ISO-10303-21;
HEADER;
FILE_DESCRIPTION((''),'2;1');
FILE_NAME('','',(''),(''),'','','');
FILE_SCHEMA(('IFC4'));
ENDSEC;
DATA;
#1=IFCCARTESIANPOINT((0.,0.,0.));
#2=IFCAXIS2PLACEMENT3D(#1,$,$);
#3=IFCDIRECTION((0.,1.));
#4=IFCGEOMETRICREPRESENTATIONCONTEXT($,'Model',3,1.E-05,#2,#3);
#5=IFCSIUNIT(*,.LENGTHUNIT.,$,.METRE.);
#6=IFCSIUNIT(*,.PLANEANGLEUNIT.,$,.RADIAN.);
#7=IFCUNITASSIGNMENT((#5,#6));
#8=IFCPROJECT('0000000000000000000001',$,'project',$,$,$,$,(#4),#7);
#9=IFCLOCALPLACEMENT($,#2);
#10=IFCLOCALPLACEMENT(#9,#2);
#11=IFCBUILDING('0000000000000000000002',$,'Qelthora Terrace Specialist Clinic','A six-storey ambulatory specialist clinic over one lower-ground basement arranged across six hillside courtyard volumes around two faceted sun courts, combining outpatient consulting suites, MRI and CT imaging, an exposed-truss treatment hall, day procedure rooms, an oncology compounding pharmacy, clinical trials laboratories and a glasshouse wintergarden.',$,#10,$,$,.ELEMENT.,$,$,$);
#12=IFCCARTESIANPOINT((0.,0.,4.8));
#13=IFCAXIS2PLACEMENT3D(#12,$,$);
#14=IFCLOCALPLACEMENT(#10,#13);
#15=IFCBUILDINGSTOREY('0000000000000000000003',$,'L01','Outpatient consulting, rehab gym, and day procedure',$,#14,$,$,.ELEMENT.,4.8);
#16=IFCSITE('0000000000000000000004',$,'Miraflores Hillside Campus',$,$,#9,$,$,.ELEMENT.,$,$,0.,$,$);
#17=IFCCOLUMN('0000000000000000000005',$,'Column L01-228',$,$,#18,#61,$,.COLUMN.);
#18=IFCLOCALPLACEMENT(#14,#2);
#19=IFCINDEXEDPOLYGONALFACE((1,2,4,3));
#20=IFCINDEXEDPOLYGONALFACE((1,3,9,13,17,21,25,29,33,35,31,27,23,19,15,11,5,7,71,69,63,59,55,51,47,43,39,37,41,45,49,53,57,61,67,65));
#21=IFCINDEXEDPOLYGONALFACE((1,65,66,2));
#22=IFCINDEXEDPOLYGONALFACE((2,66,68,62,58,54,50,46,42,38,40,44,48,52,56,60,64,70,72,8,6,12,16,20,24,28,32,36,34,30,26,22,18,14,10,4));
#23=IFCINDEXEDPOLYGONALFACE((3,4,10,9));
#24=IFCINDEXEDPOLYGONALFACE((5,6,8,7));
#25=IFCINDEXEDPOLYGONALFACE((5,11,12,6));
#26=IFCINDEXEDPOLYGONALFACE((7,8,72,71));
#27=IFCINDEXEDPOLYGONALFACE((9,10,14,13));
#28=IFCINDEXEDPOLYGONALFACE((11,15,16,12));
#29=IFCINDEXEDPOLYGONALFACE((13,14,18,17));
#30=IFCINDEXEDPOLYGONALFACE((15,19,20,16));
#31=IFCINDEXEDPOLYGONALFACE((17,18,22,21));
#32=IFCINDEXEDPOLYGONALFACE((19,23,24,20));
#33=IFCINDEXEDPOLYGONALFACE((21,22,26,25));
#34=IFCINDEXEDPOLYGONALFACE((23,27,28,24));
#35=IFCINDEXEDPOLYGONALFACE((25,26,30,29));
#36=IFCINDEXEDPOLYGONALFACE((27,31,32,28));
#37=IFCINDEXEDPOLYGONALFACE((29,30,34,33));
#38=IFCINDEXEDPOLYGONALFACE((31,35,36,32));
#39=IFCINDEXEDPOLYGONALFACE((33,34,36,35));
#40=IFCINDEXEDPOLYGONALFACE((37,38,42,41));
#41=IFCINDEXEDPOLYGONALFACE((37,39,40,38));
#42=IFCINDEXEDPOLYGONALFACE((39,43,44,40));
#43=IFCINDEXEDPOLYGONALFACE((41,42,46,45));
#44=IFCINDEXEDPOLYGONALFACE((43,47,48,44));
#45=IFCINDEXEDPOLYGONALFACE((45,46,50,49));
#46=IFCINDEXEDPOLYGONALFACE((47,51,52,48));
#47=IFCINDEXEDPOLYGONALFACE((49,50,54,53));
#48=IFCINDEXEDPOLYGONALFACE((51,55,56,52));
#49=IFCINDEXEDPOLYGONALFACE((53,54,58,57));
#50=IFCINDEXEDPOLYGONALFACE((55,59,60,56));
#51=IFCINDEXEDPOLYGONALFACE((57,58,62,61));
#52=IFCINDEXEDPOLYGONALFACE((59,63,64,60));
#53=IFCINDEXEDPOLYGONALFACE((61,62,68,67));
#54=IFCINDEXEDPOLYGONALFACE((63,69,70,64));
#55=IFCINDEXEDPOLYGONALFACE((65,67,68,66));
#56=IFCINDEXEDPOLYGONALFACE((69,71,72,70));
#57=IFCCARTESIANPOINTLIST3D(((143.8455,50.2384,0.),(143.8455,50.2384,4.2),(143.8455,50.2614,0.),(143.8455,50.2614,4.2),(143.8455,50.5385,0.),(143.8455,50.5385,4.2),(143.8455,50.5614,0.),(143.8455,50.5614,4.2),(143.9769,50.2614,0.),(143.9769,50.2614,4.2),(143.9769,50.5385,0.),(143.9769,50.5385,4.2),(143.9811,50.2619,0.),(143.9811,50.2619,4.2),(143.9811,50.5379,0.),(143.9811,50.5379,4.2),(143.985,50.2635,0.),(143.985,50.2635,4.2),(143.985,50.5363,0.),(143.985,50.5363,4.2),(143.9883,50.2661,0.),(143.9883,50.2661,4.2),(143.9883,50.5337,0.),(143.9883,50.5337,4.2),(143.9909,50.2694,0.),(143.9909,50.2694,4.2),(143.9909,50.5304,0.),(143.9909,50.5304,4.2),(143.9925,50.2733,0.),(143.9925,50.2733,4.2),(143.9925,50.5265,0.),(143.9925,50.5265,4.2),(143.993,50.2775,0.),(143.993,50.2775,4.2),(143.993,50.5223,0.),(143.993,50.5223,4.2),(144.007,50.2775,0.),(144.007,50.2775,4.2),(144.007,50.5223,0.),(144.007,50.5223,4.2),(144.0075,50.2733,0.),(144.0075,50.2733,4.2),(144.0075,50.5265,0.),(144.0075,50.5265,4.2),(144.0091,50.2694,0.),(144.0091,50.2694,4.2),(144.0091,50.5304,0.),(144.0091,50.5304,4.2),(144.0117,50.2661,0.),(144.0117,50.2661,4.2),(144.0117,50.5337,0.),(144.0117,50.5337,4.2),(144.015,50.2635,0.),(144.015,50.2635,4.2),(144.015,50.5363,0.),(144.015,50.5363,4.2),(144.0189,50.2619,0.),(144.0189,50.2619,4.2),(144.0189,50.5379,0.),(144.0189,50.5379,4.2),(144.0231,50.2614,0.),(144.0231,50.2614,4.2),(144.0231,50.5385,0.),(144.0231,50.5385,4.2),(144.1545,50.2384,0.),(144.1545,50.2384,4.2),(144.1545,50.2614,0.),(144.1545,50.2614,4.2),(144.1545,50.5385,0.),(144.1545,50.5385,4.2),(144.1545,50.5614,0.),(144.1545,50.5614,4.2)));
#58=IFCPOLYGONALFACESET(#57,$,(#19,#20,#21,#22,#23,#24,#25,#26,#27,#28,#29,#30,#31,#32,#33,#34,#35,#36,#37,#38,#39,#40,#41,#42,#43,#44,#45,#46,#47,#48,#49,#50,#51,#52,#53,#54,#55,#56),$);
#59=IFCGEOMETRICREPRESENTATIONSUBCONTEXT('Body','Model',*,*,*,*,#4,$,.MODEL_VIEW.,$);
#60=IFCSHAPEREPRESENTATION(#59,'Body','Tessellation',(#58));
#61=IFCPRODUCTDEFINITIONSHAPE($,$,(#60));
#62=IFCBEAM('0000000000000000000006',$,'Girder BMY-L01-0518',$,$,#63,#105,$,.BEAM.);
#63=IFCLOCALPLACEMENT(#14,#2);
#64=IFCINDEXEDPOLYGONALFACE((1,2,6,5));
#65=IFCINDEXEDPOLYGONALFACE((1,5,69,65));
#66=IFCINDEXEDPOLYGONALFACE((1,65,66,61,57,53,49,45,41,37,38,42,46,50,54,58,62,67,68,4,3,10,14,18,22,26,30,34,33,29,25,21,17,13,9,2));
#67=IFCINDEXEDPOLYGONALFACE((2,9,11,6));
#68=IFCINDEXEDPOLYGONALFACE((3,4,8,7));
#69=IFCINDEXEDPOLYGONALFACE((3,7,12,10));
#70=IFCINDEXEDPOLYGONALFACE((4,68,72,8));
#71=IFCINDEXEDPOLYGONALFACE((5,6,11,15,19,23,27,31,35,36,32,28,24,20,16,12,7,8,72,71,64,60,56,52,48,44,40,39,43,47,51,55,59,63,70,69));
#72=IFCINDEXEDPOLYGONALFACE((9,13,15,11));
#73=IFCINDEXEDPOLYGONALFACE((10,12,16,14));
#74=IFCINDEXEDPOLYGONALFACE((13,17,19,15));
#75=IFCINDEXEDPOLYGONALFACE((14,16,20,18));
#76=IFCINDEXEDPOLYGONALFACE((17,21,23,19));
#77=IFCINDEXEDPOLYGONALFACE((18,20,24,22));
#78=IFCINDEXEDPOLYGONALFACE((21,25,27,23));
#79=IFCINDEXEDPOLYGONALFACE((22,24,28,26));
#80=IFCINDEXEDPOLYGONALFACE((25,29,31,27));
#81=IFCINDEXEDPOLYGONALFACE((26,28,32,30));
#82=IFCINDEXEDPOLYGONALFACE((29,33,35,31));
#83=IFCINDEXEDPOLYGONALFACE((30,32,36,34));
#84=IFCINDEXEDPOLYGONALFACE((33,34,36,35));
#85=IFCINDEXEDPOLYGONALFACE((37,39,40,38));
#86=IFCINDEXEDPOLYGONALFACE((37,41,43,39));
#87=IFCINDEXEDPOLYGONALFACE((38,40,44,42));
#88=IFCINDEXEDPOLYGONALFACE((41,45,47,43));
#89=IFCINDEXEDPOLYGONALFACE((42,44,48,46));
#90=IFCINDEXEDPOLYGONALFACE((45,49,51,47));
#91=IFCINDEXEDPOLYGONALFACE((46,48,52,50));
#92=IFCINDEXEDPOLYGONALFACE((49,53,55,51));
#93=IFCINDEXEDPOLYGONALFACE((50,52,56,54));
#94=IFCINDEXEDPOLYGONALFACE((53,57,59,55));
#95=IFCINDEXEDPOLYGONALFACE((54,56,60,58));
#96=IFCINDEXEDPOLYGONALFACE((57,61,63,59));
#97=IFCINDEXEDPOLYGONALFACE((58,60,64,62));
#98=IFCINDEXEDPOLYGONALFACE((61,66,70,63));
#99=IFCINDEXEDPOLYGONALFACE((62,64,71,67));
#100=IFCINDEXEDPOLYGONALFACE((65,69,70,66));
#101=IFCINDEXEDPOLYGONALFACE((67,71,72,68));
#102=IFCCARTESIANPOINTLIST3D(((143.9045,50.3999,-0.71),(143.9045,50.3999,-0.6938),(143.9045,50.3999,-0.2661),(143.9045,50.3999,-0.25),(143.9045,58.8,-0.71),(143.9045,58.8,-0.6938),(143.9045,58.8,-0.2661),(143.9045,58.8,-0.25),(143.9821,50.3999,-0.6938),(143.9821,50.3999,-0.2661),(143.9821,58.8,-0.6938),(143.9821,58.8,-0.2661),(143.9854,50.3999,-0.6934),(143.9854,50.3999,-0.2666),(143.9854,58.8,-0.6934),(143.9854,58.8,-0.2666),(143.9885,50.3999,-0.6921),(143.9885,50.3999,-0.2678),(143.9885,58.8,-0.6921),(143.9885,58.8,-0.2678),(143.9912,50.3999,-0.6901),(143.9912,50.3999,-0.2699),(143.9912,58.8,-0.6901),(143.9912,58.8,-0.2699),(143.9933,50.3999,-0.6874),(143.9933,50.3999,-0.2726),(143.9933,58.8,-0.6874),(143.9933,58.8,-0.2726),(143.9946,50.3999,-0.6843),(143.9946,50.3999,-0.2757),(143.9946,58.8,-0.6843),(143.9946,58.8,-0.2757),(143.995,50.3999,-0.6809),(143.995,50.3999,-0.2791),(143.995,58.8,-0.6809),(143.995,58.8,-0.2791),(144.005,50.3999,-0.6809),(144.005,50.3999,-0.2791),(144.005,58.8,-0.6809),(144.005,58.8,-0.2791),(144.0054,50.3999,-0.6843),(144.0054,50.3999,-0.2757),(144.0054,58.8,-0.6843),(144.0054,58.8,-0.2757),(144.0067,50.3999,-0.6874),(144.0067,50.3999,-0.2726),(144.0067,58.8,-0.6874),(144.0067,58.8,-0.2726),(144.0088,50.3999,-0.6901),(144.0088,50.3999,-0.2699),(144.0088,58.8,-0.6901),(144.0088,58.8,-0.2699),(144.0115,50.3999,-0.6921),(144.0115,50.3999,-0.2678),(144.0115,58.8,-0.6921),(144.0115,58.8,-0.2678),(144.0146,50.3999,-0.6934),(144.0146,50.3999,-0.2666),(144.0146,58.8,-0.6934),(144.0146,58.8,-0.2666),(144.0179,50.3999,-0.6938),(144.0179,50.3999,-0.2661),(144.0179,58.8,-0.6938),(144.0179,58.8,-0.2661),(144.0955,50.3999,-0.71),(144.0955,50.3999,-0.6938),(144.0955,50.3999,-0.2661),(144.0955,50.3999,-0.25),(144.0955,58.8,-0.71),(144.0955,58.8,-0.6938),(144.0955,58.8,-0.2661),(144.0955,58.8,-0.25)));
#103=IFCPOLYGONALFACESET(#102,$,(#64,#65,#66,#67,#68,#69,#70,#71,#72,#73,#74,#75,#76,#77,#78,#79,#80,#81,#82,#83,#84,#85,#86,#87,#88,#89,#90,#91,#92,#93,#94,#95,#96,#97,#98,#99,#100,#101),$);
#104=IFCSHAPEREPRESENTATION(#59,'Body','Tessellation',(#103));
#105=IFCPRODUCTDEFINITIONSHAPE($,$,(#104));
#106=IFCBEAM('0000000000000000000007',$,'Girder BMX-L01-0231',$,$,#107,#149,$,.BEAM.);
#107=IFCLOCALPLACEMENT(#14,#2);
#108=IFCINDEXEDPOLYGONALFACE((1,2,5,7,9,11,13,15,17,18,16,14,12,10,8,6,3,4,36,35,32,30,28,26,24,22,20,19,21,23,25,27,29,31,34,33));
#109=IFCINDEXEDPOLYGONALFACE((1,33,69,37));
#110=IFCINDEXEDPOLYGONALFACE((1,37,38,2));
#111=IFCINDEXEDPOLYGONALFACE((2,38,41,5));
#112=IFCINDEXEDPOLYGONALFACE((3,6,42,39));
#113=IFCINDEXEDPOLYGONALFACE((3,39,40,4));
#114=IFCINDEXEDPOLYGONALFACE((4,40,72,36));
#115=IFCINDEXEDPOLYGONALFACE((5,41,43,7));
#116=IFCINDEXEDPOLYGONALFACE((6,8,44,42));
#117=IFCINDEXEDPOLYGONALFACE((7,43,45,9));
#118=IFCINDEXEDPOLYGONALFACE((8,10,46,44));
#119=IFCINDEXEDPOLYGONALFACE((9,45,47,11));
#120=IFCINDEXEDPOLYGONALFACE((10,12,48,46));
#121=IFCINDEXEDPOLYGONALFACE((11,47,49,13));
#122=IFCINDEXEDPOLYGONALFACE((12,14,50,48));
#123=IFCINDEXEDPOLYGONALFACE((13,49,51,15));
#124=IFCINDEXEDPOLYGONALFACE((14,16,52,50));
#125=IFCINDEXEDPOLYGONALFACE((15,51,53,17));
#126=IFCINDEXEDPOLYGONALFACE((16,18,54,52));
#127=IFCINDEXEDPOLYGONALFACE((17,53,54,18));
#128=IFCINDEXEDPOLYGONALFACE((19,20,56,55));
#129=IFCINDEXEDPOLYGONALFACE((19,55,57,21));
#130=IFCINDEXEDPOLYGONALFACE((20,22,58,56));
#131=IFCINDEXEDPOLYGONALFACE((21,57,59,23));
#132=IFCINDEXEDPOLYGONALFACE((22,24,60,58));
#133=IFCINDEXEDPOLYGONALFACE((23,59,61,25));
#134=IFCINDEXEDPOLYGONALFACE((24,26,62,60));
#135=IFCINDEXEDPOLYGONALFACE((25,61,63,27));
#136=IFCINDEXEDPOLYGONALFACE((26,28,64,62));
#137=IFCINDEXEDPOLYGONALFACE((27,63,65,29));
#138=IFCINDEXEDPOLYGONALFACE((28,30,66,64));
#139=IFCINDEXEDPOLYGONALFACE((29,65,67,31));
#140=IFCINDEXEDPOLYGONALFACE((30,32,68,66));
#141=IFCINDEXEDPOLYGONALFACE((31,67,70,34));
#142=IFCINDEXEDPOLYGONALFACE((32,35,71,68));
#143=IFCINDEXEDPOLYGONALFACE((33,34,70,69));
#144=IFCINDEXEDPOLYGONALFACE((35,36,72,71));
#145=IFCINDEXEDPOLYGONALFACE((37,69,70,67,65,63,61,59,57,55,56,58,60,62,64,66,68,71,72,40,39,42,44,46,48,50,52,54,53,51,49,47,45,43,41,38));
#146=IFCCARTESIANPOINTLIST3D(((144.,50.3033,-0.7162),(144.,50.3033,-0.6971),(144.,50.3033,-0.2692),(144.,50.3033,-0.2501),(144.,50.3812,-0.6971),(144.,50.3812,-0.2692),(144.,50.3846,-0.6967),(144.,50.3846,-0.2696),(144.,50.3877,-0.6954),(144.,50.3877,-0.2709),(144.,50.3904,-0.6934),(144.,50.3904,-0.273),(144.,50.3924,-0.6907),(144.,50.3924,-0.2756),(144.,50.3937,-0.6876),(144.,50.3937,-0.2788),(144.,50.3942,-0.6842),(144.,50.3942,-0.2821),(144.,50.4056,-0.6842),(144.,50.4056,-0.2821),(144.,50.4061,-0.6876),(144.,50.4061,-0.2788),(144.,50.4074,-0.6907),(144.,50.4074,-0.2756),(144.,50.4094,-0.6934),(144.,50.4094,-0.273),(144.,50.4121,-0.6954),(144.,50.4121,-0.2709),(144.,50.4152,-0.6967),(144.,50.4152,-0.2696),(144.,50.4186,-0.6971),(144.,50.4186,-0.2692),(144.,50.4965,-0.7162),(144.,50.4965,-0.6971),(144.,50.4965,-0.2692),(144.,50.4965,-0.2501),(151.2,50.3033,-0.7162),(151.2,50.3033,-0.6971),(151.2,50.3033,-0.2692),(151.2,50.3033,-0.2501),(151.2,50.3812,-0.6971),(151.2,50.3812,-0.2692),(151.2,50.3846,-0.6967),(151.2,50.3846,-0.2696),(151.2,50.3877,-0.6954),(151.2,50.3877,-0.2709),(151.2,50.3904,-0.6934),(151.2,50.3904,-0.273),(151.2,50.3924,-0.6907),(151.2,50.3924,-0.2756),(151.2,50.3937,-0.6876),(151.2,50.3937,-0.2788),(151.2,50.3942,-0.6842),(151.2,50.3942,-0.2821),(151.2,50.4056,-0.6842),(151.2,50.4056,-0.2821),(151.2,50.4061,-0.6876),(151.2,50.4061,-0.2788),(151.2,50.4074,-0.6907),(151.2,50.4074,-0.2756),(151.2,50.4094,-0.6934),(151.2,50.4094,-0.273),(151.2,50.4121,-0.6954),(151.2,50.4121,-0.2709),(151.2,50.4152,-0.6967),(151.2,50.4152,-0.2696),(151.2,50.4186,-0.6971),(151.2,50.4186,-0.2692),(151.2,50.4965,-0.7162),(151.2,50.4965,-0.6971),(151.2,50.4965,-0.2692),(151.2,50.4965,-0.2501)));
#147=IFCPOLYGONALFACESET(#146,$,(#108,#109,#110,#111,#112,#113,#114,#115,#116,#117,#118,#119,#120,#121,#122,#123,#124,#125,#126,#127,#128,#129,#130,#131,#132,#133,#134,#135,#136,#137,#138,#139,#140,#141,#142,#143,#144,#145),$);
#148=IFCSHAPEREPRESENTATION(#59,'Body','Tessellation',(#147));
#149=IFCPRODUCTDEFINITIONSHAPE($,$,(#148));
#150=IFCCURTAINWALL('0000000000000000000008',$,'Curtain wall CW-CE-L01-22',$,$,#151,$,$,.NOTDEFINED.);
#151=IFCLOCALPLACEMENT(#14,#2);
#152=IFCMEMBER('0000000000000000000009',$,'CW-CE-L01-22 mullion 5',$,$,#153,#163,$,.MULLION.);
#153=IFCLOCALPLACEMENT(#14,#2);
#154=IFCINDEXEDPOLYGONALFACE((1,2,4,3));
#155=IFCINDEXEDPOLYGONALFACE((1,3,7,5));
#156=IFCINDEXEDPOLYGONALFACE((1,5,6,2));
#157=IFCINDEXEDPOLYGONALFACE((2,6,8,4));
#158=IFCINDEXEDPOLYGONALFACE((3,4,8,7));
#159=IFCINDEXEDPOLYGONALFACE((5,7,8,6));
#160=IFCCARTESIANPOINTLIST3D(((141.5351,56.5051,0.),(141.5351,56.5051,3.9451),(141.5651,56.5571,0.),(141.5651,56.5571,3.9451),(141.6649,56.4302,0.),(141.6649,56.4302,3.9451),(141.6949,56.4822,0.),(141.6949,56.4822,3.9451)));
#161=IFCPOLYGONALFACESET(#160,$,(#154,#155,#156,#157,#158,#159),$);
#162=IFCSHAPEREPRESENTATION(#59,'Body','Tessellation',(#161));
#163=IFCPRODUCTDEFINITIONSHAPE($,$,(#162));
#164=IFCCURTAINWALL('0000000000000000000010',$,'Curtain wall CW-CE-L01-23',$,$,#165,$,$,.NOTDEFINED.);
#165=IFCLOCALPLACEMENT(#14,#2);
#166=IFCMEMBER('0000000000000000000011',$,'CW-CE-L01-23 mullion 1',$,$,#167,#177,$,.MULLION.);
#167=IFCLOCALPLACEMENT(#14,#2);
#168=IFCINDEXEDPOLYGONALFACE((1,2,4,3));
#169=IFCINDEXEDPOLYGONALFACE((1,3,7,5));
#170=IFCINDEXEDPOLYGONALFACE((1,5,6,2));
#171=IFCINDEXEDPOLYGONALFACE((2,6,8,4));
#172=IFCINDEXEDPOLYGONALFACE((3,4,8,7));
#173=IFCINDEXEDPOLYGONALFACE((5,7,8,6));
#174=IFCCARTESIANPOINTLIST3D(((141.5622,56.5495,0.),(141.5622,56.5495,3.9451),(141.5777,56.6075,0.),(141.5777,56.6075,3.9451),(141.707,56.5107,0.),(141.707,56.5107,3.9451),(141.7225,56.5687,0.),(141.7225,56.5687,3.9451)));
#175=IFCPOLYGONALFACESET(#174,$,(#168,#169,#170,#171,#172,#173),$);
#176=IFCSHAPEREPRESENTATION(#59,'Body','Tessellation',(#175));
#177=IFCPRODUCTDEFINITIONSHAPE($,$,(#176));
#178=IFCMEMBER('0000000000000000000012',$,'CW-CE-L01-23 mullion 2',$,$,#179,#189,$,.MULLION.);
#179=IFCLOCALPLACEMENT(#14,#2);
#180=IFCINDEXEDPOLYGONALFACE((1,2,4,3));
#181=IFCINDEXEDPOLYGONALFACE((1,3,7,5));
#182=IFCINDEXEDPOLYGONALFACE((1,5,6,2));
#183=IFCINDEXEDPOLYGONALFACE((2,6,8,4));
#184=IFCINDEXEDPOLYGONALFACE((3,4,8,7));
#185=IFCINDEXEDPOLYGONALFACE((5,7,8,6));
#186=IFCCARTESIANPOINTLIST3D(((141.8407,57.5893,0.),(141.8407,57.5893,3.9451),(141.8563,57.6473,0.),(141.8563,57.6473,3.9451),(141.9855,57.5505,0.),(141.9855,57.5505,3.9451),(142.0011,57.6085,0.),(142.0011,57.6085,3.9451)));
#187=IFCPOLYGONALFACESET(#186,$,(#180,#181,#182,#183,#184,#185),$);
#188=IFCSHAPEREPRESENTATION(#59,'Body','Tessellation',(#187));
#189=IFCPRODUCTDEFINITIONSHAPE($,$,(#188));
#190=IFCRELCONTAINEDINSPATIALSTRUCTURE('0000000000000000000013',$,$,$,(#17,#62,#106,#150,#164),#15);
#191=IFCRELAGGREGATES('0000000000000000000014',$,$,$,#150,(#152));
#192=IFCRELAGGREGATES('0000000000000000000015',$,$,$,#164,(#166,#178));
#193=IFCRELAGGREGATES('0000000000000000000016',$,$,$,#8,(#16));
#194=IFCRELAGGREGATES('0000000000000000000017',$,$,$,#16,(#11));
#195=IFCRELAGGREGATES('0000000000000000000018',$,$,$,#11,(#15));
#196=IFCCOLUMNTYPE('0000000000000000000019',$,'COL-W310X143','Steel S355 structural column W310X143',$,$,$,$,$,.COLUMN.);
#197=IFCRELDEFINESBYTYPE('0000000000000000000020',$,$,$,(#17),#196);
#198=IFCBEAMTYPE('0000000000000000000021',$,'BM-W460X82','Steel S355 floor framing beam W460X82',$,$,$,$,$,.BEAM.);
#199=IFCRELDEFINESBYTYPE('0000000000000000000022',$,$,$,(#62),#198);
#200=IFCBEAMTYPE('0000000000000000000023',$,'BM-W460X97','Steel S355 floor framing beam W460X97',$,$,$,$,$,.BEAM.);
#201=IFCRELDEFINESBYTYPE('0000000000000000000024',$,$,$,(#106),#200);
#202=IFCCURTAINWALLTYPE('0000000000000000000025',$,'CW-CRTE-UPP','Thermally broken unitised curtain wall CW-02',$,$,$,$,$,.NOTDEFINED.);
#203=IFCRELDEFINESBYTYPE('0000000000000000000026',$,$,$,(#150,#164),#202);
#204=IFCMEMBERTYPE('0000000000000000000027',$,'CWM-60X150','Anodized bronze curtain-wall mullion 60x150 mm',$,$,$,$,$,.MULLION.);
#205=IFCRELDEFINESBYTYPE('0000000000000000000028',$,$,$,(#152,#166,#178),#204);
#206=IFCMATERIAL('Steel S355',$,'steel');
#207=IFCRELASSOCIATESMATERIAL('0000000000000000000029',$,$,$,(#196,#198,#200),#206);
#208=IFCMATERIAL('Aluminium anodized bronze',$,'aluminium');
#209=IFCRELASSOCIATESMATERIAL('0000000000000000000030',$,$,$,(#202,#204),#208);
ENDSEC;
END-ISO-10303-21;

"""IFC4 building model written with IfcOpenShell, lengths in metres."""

from ifc_helpers import new_model, si_unit, direction, frame, origin, origin_2d, place, context, subcontext, project, spatial, rectangle, i_section, extrude, material, material_profile, profile_set, type_object, element, aggregate, save


model = new_model("IFC4")

# Units and contexts
model_context = context("Model", 3, precision=1e-05, world=origin(), true_north=direction((0.0, 1.0)))
body_context = subcontext(model_context, "Body", "Model", "MODEL_VIEW")
ifc_project = project(units=[si_unit("LENGTHUNIT", "METRE"), si_unit("PLANEANGLEUNIT", "RADIAN")], contexts=[model_context])

# Site, building, storey
site_placement = place(None, origin())
site = spatial("IfcSite", under=ifc_project, at=site_placement, Name="Miraflores Hillside Campus", CompositionType="ELEMENT", RefElevation=0.0)
building_placement = place(site_placement, origin())
building = spatial("IfcBuilding", under=site, at=building_placement, Name="Qelthora Terrace Specialist Clinic", Description="A six-storey ambulatory specialist clinic over one lower-ground basement arranged across six hillside courtyard volumes around two faceted sun courts, combining outpatient consulting suites, MRI and CT imaging, an exposed-truss treatment hall, day procedure rooms, an oncology compounding pharmacy, clinical trials laboratories and a glasshouse wintergarden.", CompositionType="ELEMENT")
storey_placement = place(building_placement, frame((0.0, 0.0, 4.8)))
storey = spatial("IfcBuildingStorey", under=building, at=storey_placement, Name="L01", Description="Outpatient consulting, rehab gym, and day procedure", CompositionType="ELEMENT", Elevation=4.8)

# Column
ifc_material_1 = material(Name="Steel S355", Category="steel")
ifc_material_profile_1 = material_profile(ifc_material_1, i_section(OverallWidth=0.3091, OverallDepth=0.323, WebThickness=0.0139, FlangeThickness=0.0229, FilletRadius=0.0161, at=origin_2d()), Name="W310X143")
ifc_profile_set_1 = profile_set([ifc_material_profile_1], Name="Steel S355")
column_type = type_object("IfcColumnType", Name="COL-W310X143", Description="Steel S355 structural column W310X143", PredefinedType="COLUMN", material=ifc_profile_set_1)
column_placement = place(storey_placement, frame((144.0, 50.3999, 0.0), z_axis=(0.0, 0.0, 1.0), x_axis=(1.0, 0.0, 0.0)))
element("IfcColumn", 1, at=column_placement, inside=storey, type_object=column_type, Name="Column L01-228", PredefinedType="COLUMN", context=body_context, shape_type="SweptSolid", body=[
    extrude(i_section(OverallWidth=0.3091, OverallDepth=0.323, WebThickness=0.0139, FlangeThickness=0.0229, FilletRadius=0.0161, at=origin_2d()), origin(), (0.0, 0.0, 1.0), 4.2),
])

# Beams
ifc_material_profile_2 = material_profile(ifc_material_1, i_section(OverallWidth=0.1909, OverallDepth=0.46, WebThickness=0.01, FlangeThickness=0.0161, FilletRadius=0.0129, at=origin_2d()), Name="W460X82")
ifc_profile_set_2 = profile_set([ifc_material_profile_2], Name="Steel S355")
beam_type_1 = type_object("IfcBeamType", Name="BM-W460X82", Description="Steel S355 floor framing beam W460X82", PredefinedType="BEAM", material=ifc_profile_set_2)
beam_1_placement = place(storey_placement, frame((144.0, 50.3999, -0.48), z_axis=(0.0, 1.0, 0.0), x_axis=(-1.0, 0.0, 0.0)))
element("IfcBeam", 2, at=beam_1_placement, inside=storey, type_object=beam_type_1, Name="Girder BMY-L01-0518", PredefinedType="BEAM", context=body_context, shape_type="SweptSolid", body=[
    extrude(i_section(OverallWidth=0.1909, OverallDepth=0.46, WebThickness=0.01, FlangeThickness=0.0161, FilletRadius=0.0129, at=origin_2d()), origin(), (0.0, 0.0, 1.0), 8.4001),
])
ifc_material_profile_3 = material_profile(ifc_material_1, i_section(OverallWidth=0.1931, OverallDepth=0.4661, WebThickness=0.0115, FlangeThickness=0.019, FilletRadius=0.0129, at=origin_2d()), Name="W460X97")
ifc_profile_set_3 = profile_set([ifc_material_profile_3], Name="Steel S355")
beam_type_2 = type_object("IfcBeamType", Name="BM-W460X97", Description="Steel S355 floor framing beam W460X97", PredefinedType="BEAM", material=ifc_profile_set_3)
beam_2_placement = place(storey_placement, frame((144.0, 50.3999, -0.4832), z_axis=(1.0, 0.0, 0.0), x_axis=(0.0, 1.0, 0.0)))
element("IfcBeam", 3, at=beam_2_placement, inside=storey, type_object=beam_type_2, Name="Girder BMX-L01-0231", PredefinedType="BEAM", context=body_context, shape_type="SweptSolid", body=[
    extrude(i_section(OverallWidth=0.1931, OverallDepth=0.4661, WebThickness=0.0115, FlangeThickness=0.019, FilletRadius=0.0129, at=origin_2d()), origin(), (0.0, 0.0, 1.0), 7.2),
])

# Curtain wall, member
ifc_material_2 = material(Name="Aluminium anodized bronze", Category="aluminium")
curtain_wall_type = type_object("IfcCurtainWallType", Name="CW-CRTE-UPP", Description="Thermally broken unitised curtain wall CW-02", PredefinedType="NOTDEFINED", material=ifc_material_2)
curtain_wall_1_placement = place(storey_placement, origin())
curtain_wall_1 = element("IfcCurtainWall", 4, at=curtain_wall_1_placement, inside=storey, type_object=curtain_wall_type, Name="Curtain wall CW-CE-L01-22", PredefinedType="NOTDEFINED")
ifc_material_profile_4 = material_profile(ifc_material_2, rectangle(XDim=0.0601, YDim=0.1499, at=origin_2d()), Name="CWM60X150")
ifc_profile_set_4 = profile_set([ifc_material_profile_4], Name="Aluminium anodized bronze")
member_type_1 = type_object("IfcMemberType", Name="CWM-60X150", Description="Anodized bronze curtain-wall mullion 60x150 mm", PredefinedType="MULLION", material=ifc_profile_set_4)
member_1_placement = place(storey_placement, frame((141.615, 56.4937, 0.0), z_axis=(0.0, 0.0, 1.0), x_axis=(0.5, 0.866025, 0.0)))
member_1 = element("IfcMember", 5, at=member_1_placement, type_object=member_type_1, Name="CW-CE-L01-22 mullion 5", PredefinedType="MULLION", context=body_context, shape_type="SweptSolid", body=[
    extrude(rectangle(XDim=0.0601, YDim=0.1499, at=origin_2d()), origin(), (0.0, 0.0, 1.0), 3.9451),
])
aggregate(curtain_wall_1, [member_1])

# Curtain wall, members
curtain_wall_2_placement = place(storey_placement, origin())
curtain_wall_2 = element("IfcCurtainWall", 6, at=curtain_wall_2_placement, inside=storey, type_object=curtain_wall_type, Name="Curtain wall CW-CE-L01-23", PredefinedType="NOTDEFINED")
member_2_placement = place(storey_placement, frame((141.6423, 56.5591, 0.0), z_axis=(0.0, 0.0, 1.0), x_axis=(0.25882, 0.965926, 0.0)))
member_2 = element("IfcMember", 7, at=member_2_placement, type_object=member_type_1, Name="CW-CE-L01-23 mullion 1", PredefinedType="MULLION", context=body_context, shape_type="SweptSolid", body=[
    extrude(rectangle(XDim=0.0601, YDim=0.1499, at=origin_2d()), origin(), (0.0, 0.0, 1.0), 3.9451),
])
member_3_placement = place(storey_placement, frame((141.9209, 57.5989, 0.0), z_axis=(0.0, 0.0, 1.0), x_axis=(0.25882, 0.965926, 0.0)))
member_3 = element("IfcMember", 8, at=member_3_placement, type_object=member_type_1, Name="CW-CE-L01-23 mullion 2", PredefinedType="MULLION", context=body_context, shape_type="SweptSolid", body=[
    extrude(rectangle(XDim=0.0601, YDim=0.1499, at=origin_2d()), origin(), (0.0, 0.0, 1.0), 3.9451),
])

aggregate(curtain_wall_2, [member_2, member_3])

save(model, "model.ifc")
